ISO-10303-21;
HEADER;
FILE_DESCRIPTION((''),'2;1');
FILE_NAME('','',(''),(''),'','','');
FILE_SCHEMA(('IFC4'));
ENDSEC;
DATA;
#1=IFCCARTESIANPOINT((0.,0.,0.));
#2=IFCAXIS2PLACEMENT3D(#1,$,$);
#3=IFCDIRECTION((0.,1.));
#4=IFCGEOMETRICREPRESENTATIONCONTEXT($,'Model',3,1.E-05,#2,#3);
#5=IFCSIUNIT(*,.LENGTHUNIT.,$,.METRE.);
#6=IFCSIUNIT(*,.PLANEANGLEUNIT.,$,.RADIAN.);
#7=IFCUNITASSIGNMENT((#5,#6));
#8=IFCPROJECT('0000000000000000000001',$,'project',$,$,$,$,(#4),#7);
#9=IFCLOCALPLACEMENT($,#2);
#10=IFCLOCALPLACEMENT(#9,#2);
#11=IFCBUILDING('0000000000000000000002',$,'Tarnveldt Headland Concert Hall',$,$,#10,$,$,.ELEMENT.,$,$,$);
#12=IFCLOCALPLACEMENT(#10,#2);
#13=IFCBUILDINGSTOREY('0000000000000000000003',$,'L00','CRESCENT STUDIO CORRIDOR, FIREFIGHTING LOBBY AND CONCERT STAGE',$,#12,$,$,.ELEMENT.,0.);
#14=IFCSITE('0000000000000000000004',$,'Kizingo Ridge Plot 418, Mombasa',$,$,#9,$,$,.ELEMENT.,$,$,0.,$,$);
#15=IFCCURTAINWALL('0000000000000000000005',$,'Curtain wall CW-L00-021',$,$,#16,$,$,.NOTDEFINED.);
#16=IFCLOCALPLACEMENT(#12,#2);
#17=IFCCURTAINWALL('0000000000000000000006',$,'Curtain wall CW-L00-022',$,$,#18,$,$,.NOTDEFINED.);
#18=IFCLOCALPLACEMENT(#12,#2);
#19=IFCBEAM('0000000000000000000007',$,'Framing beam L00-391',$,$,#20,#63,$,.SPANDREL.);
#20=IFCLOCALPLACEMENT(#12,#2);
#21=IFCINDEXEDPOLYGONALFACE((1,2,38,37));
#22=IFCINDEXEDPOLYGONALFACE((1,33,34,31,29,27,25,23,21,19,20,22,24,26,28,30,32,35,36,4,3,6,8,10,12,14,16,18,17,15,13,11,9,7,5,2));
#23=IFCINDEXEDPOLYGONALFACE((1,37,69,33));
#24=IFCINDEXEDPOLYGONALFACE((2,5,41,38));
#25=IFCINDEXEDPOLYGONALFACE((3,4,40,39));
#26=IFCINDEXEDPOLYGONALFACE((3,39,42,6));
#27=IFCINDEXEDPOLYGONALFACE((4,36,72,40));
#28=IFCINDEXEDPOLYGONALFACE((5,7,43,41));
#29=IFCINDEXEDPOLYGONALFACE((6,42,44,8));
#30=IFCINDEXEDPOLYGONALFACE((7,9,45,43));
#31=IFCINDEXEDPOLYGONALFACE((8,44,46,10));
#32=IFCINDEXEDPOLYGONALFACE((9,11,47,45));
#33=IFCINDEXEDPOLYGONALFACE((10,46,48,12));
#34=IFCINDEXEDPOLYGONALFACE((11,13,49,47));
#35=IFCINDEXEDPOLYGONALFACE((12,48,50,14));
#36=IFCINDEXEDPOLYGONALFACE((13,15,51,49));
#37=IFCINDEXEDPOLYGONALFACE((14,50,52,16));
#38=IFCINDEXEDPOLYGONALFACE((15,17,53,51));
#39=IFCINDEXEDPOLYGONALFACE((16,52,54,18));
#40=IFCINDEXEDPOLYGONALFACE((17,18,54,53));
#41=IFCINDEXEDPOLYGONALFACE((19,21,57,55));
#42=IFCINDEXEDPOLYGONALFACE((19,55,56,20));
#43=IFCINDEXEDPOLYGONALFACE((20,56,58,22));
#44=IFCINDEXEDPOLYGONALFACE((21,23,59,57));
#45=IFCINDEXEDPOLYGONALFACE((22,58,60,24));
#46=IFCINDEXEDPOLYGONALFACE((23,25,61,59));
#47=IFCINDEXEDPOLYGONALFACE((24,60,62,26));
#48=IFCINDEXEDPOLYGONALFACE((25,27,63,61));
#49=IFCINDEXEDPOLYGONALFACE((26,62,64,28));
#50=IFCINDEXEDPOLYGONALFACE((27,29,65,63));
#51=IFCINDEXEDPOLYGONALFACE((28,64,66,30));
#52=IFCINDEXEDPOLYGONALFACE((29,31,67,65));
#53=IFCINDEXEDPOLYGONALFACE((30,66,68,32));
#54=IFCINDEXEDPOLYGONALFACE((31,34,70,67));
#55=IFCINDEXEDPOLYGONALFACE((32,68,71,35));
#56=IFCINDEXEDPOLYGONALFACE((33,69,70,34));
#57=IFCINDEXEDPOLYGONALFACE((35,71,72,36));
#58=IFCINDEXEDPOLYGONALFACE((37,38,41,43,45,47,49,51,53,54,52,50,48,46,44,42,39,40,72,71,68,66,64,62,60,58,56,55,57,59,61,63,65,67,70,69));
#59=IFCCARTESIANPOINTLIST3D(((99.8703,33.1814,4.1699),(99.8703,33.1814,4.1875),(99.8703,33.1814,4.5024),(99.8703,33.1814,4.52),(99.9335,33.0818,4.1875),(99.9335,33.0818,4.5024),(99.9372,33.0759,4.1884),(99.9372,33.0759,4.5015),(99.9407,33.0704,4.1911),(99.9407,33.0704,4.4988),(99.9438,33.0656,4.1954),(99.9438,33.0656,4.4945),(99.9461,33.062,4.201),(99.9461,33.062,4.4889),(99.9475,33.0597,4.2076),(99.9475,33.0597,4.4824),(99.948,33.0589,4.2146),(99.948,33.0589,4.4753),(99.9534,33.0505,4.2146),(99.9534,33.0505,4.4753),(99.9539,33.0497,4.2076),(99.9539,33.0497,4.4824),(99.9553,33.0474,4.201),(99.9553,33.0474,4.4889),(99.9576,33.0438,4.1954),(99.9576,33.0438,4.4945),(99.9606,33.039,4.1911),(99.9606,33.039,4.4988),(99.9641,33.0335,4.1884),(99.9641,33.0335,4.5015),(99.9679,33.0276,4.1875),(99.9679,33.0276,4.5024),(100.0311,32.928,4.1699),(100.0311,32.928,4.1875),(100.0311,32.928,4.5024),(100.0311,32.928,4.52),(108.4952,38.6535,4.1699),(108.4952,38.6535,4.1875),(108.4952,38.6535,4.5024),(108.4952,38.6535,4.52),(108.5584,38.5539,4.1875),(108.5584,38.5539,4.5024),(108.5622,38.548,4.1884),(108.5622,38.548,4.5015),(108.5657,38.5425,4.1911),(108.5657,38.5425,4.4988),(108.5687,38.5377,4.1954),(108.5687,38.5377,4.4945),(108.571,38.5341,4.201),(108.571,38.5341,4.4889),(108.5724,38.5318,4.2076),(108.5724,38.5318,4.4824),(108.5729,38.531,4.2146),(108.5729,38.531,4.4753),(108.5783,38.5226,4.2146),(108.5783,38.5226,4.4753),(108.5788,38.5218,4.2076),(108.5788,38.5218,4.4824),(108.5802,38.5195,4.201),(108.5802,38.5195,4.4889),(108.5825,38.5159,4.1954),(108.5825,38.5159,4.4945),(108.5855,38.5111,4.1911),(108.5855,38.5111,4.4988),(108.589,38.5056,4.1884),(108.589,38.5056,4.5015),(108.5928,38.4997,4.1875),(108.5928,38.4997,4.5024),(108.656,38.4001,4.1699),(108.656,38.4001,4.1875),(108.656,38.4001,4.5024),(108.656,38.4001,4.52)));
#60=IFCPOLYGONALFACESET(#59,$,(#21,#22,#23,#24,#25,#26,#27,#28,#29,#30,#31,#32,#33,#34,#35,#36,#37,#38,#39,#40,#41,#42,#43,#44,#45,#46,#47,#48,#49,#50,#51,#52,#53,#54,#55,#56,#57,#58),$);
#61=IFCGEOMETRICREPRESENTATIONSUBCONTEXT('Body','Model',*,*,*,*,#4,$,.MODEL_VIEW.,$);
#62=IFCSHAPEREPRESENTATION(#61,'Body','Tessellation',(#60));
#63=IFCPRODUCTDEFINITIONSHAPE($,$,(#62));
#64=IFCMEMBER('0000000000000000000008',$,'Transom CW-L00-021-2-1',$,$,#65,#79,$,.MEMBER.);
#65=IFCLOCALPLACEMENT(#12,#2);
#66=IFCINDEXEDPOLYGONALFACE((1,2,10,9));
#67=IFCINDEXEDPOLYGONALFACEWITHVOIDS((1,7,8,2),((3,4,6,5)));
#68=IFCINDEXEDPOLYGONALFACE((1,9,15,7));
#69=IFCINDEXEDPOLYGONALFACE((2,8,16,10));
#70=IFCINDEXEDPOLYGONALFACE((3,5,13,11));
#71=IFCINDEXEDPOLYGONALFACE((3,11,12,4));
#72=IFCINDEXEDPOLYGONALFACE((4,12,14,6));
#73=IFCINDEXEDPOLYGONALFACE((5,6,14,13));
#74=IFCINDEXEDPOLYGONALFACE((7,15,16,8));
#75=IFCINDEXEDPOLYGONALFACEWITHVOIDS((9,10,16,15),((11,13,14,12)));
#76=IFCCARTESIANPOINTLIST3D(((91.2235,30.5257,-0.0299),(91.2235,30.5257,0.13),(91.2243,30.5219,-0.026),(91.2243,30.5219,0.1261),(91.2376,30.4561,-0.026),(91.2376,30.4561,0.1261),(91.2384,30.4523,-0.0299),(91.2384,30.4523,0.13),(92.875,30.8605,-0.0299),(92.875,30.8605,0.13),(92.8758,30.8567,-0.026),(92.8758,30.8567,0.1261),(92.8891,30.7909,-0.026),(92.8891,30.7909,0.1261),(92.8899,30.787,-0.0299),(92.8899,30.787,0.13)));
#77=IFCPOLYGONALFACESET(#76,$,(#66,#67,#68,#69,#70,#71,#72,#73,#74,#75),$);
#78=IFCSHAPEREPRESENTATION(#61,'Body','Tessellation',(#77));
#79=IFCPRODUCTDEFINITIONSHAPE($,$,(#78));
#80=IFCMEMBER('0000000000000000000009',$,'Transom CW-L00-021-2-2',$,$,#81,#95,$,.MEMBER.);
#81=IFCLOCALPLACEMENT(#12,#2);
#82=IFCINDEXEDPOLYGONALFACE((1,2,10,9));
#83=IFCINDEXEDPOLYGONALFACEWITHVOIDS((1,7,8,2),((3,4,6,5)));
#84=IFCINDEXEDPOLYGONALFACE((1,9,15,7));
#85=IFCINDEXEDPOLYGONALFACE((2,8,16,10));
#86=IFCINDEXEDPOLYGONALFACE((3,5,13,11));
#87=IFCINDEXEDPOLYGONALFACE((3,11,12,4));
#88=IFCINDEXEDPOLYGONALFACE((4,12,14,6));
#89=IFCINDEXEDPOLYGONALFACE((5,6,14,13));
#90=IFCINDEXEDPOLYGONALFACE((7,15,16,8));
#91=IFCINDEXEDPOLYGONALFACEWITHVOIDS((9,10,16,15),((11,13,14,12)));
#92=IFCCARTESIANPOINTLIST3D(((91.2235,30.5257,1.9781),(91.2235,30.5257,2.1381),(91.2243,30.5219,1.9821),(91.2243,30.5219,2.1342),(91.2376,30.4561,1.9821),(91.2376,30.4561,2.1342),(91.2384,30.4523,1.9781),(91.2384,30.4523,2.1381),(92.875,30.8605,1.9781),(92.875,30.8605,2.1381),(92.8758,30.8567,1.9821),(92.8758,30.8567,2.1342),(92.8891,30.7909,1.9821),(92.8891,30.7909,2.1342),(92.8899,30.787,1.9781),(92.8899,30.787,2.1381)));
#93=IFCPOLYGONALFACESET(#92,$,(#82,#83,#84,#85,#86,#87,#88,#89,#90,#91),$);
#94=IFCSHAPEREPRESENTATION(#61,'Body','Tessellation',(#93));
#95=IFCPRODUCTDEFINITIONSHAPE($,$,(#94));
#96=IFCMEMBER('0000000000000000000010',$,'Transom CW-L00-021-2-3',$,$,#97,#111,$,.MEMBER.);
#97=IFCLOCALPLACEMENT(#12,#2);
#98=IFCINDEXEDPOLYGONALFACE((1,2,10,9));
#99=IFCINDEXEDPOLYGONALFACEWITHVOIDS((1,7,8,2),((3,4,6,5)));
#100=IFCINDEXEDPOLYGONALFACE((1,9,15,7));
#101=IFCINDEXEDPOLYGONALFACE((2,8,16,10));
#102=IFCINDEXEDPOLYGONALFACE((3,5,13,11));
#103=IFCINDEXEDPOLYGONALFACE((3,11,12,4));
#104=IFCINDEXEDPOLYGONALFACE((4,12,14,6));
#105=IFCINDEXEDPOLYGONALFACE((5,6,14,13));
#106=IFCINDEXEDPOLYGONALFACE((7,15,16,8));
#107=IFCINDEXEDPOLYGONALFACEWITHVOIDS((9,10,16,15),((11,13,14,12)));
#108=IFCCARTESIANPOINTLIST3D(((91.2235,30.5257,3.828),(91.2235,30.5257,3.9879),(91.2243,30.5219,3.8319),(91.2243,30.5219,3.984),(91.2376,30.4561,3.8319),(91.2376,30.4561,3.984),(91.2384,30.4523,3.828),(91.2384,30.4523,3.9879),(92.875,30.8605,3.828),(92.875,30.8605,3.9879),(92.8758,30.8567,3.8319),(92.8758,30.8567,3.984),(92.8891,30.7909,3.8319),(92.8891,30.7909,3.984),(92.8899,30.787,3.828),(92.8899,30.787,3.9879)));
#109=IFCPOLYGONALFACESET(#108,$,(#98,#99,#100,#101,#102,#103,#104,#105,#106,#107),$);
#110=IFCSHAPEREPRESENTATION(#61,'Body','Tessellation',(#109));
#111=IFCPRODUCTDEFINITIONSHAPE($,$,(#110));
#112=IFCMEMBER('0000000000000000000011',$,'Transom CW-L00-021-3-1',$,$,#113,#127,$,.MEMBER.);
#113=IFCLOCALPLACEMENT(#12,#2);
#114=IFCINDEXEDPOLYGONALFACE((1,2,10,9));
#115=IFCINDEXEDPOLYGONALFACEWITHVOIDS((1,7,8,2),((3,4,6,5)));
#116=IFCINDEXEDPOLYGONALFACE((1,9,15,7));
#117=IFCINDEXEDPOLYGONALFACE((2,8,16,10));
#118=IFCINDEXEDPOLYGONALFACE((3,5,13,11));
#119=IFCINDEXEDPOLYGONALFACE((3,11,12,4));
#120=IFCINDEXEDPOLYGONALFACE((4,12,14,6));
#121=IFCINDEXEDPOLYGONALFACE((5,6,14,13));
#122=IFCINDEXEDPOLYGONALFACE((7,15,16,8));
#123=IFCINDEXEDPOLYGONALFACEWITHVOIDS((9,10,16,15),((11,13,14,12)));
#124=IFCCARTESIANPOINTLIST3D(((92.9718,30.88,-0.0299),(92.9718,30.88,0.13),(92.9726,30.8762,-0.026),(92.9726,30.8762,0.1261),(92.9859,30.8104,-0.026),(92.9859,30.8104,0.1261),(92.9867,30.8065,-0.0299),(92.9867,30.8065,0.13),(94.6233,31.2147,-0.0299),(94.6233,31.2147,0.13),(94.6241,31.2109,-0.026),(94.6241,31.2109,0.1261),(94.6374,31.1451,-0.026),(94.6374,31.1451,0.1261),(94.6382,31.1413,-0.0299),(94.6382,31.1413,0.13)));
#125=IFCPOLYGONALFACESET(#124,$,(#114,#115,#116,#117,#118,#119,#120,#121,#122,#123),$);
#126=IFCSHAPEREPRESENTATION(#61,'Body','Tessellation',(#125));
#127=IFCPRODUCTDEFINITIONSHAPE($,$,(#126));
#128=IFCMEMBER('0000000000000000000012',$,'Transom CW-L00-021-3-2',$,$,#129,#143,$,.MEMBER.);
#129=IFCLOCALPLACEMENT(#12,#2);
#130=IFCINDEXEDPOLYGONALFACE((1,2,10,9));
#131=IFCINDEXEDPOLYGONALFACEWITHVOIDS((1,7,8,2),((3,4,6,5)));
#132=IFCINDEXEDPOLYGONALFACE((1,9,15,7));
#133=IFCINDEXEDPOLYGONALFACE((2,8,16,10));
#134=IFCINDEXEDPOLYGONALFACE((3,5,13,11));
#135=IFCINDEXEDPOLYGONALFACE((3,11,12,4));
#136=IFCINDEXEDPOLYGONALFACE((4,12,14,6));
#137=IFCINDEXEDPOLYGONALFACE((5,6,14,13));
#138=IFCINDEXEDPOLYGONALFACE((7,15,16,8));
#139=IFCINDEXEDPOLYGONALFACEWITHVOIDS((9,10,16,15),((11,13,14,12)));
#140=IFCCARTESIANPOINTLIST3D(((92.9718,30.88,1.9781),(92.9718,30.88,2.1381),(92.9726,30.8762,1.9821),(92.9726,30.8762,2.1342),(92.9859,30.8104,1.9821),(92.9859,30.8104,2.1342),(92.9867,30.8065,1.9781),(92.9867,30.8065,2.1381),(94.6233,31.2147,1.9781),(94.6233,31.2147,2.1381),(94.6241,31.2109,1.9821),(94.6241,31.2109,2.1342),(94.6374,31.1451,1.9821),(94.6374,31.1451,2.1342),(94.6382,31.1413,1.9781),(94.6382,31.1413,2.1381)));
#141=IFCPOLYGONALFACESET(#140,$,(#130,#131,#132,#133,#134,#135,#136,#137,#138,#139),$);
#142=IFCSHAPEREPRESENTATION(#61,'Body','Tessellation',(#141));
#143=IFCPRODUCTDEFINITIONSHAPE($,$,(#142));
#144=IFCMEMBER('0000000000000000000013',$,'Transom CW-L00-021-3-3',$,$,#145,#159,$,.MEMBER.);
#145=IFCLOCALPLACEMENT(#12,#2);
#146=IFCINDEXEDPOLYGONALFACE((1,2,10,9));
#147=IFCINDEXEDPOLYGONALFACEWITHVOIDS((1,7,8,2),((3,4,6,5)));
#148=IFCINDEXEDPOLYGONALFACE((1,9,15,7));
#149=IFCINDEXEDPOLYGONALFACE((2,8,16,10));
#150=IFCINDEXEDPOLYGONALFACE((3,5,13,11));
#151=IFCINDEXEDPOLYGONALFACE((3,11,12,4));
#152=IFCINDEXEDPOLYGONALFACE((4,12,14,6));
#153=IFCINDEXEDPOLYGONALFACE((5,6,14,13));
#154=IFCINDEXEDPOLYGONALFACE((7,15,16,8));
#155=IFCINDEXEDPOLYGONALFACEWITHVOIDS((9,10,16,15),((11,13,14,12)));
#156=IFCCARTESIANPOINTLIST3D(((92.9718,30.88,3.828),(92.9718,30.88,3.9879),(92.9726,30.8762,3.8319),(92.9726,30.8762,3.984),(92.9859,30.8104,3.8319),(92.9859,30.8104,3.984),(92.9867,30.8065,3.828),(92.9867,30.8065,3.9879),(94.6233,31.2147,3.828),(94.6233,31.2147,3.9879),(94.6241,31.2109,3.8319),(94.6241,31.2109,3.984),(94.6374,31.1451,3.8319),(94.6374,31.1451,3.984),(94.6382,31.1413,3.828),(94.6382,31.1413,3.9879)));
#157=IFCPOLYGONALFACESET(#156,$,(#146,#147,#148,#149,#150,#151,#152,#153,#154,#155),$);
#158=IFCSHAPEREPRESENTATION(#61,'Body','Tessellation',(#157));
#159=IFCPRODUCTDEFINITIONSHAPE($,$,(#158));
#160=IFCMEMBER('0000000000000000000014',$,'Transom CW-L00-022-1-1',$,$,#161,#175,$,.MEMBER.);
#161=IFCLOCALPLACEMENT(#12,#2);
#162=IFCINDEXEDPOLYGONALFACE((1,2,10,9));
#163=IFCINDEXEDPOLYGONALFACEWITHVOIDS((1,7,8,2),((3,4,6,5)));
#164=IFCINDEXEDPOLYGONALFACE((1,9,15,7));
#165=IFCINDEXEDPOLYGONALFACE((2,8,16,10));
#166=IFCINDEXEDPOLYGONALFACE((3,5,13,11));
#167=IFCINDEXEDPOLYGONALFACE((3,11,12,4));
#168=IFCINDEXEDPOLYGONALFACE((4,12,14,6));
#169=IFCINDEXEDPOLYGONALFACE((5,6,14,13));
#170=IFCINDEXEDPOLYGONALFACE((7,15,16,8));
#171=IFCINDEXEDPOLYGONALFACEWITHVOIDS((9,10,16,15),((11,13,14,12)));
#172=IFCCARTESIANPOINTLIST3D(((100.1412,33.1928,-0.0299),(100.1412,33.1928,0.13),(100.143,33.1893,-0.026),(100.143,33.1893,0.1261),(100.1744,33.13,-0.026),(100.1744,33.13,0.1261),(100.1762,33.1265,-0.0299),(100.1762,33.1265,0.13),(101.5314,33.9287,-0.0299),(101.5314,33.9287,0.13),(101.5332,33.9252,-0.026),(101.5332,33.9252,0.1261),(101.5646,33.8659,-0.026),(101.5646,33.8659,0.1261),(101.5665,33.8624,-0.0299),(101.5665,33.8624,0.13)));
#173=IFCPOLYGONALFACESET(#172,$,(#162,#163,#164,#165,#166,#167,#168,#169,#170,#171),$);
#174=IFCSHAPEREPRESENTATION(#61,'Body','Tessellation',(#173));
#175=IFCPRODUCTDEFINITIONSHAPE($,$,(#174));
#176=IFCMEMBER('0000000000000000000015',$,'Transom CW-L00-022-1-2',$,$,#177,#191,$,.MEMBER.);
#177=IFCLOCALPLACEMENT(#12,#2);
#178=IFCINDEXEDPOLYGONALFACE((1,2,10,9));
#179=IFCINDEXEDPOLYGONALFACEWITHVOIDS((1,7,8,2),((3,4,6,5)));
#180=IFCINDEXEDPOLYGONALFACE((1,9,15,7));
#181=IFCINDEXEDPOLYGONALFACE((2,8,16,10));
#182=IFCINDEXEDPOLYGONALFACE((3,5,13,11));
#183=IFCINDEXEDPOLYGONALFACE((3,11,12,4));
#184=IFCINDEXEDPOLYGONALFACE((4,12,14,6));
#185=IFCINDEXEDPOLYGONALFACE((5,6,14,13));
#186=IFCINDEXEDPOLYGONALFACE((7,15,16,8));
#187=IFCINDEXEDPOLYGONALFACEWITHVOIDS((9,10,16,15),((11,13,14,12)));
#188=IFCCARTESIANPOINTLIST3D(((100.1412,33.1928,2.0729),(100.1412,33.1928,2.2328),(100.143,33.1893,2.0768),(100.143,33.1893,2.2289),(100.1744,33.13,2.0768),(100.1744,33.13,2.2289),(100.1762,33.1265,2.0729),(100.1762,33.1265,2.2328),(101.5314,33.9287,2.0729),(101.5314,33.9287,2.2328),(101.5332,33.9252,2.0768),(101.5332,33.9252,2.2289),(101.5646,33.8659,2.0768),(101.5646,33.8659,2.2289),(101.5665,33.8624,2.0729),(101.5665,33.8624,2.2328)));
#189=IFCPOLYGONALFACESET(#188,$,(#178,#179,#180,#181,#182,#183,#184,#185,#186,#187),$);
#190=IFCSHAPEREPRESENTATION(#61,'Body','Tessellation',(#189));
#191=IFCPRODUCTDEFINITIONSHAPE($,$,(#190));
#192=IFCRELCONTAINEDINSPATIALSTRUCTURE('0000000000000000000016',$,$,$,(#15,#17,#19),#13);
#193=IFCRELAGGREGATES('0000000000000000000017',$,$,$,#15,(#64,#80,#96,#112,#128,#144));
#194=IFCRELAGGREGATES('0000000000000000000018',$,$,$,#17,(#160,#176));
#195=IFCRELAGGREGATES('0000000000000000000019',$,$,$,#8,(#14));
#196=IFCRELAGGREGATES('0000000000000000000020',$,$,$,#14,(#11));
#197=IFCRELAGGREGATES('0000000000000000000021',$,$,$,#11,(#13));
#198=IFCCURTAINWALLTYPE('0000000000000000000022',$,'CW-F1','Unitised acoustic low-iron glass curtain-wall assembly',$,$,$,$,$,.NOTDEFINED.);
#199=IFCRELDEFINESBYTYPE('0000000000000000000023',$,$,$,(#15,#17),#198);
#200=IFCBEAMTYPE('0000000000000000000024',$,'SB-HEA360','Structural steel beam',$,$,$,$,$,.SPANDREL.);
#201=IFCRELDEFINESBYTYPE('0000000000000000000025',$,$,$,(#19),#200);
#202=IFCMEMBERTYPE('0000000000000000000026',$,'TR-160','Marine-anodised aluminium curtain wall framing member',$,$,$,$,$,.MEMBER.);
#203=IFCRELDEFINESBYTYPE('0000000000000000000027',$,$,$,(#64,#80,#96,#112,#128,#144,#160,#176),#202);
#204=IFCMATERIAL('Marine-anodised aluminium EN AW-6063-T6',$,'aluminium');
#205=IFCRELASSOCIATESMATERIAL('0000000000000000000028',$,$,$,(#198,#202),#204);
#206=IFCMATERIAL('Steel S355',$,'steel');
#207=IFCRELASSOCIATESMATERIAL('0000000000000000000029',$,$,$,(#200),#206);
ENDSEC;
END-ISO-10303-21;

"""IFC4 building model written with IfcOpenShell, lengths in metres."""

from ifc_helpers import new_model, si_unit, direction, frame, origin, origin_2d, place, context, subcontext, project, spatial, hollow_rectangle, i_section, extrude, material, material_profile, profile_set, type_object, element, aggregate, save


model = new_model("IFC4")

# Units and contexts
model_context = context("Model", 3, precision=1e-05, world=origin(), true_north=direction((0.0, 1.0)))
body_context = subcontext(model_context, "Body", "Model", "MODEL_VIEW")
ifc_project = project(units=[si_unit("LENGTHUNIT", "METRE"), si_unit("PLANEANGLEUNIT", "RADIAN")], contexts=[model_context])

# Site, building, storey
site_placement = place(None, origin())
site = spatial("IfcSite", under=ifc_project, at=site_placement, Name="Kizingo Ridge Plot 418, Mombasa", CompositionType="ELEMENT", RefElevation=0.0)
building_placement = place(site_placement, origin())
building = spatial("IfcBuilding", under=site, at=building_placement, Name="Tarnveldt Headland Concert Hall", CompositionType="ELEMENT")
storey_placement = place(building_placement, origin())
storey = spatial("IfcBuildingStorey", under=building, at=storey_placement, Name="L00", Description="CRESCENT STUDIO CORRIDOR, FIREFIGHTING LOBBY AND CONCERT STAGE", CompositionType="ELEMENT", Elevation=0.0)

# Shared definitions
ifc_material_1 = material(Name="Steel S355", Category="steel")

# Curtain walls
ifc_material_2 = material(Name="Marine-anodised aluminium EN AW-6063-T6", Category="aluminium")
curtain_wall_type = type_object("IfcCurtainWallType", Name="CW-F1", Description="Unitised acoustic low-iron glass curtain-wall assembly", PredefinedType="NOTDEFINED", material=ifc_material_2)
curtain_wall_1_placement = place(storey_placement, origin())
curtain_wall_1 = element("IfcCurtainWall", 1, at=curtain_wall_1_placement, inside=storey, type_object=curtain_wall_type, Name="Curtain wall CW-L00-021", PredefinedType="NOTDEFINED")
curtain_wall_2_placement = place(storey_placement, origin())
curtain_wall_2 = element("IfcCurtainWall", 2, at=curtain_wall_2_placement, inside=storey, type_object=curtain_wall_type, Name="Curtain wall CW-L00-022", PredefinedType="NOTDEFINED")

# Beam
ifc_material_profile_1 = material_profile(ifc_material_1, i_section(OverallWidth=0.3, OverallDepth=0.3501, WebThickness=0.01, FlangeThickness=0.0176, FilletRadius=0.0271, at=origin_2d()), Name="HEA360", Category="steel")
ifc_profile_set_1 = profile_set([ifc_material_profile_1], Name="Steel S355")
beam_type = type_object("IfcBeamType", Name="SB-HEA360", Description="Structural steel beam", PredefinedType="SPANDREL", material=ifc_profile_set_1)
beam_placement = place(storey_placement, frame((99.9507, 33.0547, 4.345), z_axis=(0.844391, 0.535727, 0.0), x_axis=(-0.535727, 0.844391, 0.0)))
element("IfcBeam", 3, at=beam_placement, inside=storey, type_object=beam_type, Name="Framing beam L00-391", PredefinedType="SPANDREL", context=body_context, shape_type="SweptSolid", body=[
    extrude(i_section(OverallWidth=0.3, OverallDepth=0.3501, WebThickness=0.01, FlangeThickness=0.0176, FilletRadius=0.0271, at=origin_2d()), origin(), (0.0, 0.0, 1.0), 10.2144),
])

# Members
ifc_material_profile_2 = material_profile(ifc_material_2, hollow_rectangle(XDim=0.075, YDim=0.1599, WallThickness=0.0039, at=origin_2d()), Name="ALU TRANSOM 75x160x4", Category="aluminium")
ifc_profile_set_2 = profile_set([ifc_material_profile_2], Name="Marine-anodised aluminium EN AW-6063-T6")
member_type_1 = type_object("IfcMemberType", Name="TR-160", Description="Marine-anodised aluminium curtain wall framing member", PredefinedType="MEMBER", material=ifc_profile_set_2)
member_1_placement = place(storey_placement, frame((91.231, 30.489, 0.05), z_axis=(0.98007, 0.198651, 0.0), x_axis=(-0.198651, 0.98007, 0.0)))
member_1 = element("IfcMember", 4, at=member_1_placement, type_object=member_type_1, Name="Transom CW-L00-021-2-1", PredefinedType="MEMBER", context=body_context, shape_type="SweptSolid", body=[
    extrude(hollow_rectangle(XDim=0.075, YDim=0.1599, WallThickness=0.0039, at=origin_2d()), origin(), (0.0, 0.0, 1.0), 1.6851),
])
member_2_placement = place(storey_placement, frame((91.231, 30.489, 2.0581), z_axis=(0.98007, 0.198651, 0.0), x_axis=(-0.198651, 0.98007, 0.0)))
member_2 = element("IfcMember", 5, at=member_2_placement, type_object=member_type_1, Name="Transom CW-L00-021-2-2", PredefinedType="MEMBER", context=body_context, shape_type="SweptSolid", body=[
    extrude(hollow_rectangle(XDim=0.075, YDim=0.1599, WallThickness=0.0039, at=origin_2d()), origin(), (0.0, 0.0, 1.0), 1.6851),
])
member_3_placement = place(storey_placement, frame((91.231, 30.489, 3.908), z_axis=(0.98007, 0.198651, 0.0), x_axis=(-0.198651, 0.98007, 0.0)))
member_3 = element("IfcMember", 6, at=member_3_placement, type_object=member_type_1, Name="Transom CW-L00-021-2-3", PredefinedType="MEMBER", context=body_context, shape_type="SweptSolid", body=[
    extrude(hollow_rectangle(XDim=0.075, YDim=0.1599, WallThickness=0.0039, at=origin_2d()), origin(), (0.0, 0.0, 1.0), 1.6851),
])
member_4_placement = place(storey_placement, frame((92.9792, 30.8433, 0.05), z_axis=(0.98007, 0.198651, 0.0), x_axis=(-0.198651, 0.98007, 0.0)))
member_4 = element("IfcMember", 7, at=member_4_placement, type_object=member_type_1, Name="Transom CW-L00-021-3-1", PredefinedType="MEMBER", context=body_context, shape_type="SweptSolid", body=[
    extrude(hollow_rectangle(XDim=0.075, YDim=0.1599, WallThickness=0.0039, at=origin_2d()), origin(), (0.0, 0.0, 1.0), 1.6851),
])
member_5_placement = place(storey_placement, frame((92.9792, 30.8433, 2.0581), z_axis=(0.98007, 0.198651, 0.0), x_axis=(-0.198651, 0.98007, 0.0)))
member_5 = element("IfcMember", 8, at=member_5_placement, type_object=member_type_1, Name="Transom CW-L00-021-3-2", PredefinedType="MEMBER", context=body_context, shape_type="SweptSolid", body=[
    extrude(hollow_rectangle(XDim=0.075, YDim=0.1599, WallThickness=0.0039, at=origin_2d()), origin(), (0.0, 0.0, 1.0), 1.6851),
])
member_6_placement = place(storey_placement, frame((92.9792, 30.8433, 3.908), z_axis=(0.98007, 0.198651, 0.0), x_axis=(-0.198651, 0.98007, 0.0)))
member_6 = element("IfcMember", 9, at=member_6_placement, type_object=member_type_1, Name="Transom CW-L00-021-3-3", PredefinedType="MEMBER", context=body_context, shape_type="SweptSolid", body=[
    extrude(hollow_rectangle(XDim=0.075, YDim=0.1599, WallThickness=0.0039, at=origin_2d()), origin(), (0.0, 0.0, 1.0), 1.6851),
])
member_7_placement = place(storey_placement, frame((100.1587, 33.1597, 0.05), z_axis=(0.883818, 0.467831, 0.0), x_axis=(-0.467831, 0.883818, 0.0)))
member_7 = element("IfcMember", 10, at=member_7_placement, type_object=member_type_1, Name="Transom CW-L00-022-1-1", PredefinedType="MEMBER", context=body_context, shape_type="SweptSolid", body=[
    extrude(hollow_rectangle(XDim=0.075, YDim=0.1599, WallThickness=0.0039, at=origin_2d()), origin(), (0.0, 0.0, 1.0), 1.573),
])
member_8_placement = place(storey_placement, frame((100.1587, 33.1597, 2.1528), z_axis=(0.883818, 0.467831, 0.0), x_axis=(-0.467831, 0.883818, 0.0)))
member_8 = element("IfcMember", 11, at=member_8_placement, type_object=member_type_1, Name="Transom CW-L00-022-1-2", PredefinedType="MEMBER", context=body_context, shape_type="SweptSolid", body=[
    extrude(hollow_rectangle(XDim=0.075, YDim=0.1599, WallThickness=0.0039, at=origin_2d()), origin(), (0.0, 0.0, 1.0), 1.573),
])

aggregate(curtain_wall_1, [member_1, member_2, member_3, member_4, member_5, member_6])
aggregate(curtain_wall_2, [member_7, member_8])

save(model, "model.ifc")
